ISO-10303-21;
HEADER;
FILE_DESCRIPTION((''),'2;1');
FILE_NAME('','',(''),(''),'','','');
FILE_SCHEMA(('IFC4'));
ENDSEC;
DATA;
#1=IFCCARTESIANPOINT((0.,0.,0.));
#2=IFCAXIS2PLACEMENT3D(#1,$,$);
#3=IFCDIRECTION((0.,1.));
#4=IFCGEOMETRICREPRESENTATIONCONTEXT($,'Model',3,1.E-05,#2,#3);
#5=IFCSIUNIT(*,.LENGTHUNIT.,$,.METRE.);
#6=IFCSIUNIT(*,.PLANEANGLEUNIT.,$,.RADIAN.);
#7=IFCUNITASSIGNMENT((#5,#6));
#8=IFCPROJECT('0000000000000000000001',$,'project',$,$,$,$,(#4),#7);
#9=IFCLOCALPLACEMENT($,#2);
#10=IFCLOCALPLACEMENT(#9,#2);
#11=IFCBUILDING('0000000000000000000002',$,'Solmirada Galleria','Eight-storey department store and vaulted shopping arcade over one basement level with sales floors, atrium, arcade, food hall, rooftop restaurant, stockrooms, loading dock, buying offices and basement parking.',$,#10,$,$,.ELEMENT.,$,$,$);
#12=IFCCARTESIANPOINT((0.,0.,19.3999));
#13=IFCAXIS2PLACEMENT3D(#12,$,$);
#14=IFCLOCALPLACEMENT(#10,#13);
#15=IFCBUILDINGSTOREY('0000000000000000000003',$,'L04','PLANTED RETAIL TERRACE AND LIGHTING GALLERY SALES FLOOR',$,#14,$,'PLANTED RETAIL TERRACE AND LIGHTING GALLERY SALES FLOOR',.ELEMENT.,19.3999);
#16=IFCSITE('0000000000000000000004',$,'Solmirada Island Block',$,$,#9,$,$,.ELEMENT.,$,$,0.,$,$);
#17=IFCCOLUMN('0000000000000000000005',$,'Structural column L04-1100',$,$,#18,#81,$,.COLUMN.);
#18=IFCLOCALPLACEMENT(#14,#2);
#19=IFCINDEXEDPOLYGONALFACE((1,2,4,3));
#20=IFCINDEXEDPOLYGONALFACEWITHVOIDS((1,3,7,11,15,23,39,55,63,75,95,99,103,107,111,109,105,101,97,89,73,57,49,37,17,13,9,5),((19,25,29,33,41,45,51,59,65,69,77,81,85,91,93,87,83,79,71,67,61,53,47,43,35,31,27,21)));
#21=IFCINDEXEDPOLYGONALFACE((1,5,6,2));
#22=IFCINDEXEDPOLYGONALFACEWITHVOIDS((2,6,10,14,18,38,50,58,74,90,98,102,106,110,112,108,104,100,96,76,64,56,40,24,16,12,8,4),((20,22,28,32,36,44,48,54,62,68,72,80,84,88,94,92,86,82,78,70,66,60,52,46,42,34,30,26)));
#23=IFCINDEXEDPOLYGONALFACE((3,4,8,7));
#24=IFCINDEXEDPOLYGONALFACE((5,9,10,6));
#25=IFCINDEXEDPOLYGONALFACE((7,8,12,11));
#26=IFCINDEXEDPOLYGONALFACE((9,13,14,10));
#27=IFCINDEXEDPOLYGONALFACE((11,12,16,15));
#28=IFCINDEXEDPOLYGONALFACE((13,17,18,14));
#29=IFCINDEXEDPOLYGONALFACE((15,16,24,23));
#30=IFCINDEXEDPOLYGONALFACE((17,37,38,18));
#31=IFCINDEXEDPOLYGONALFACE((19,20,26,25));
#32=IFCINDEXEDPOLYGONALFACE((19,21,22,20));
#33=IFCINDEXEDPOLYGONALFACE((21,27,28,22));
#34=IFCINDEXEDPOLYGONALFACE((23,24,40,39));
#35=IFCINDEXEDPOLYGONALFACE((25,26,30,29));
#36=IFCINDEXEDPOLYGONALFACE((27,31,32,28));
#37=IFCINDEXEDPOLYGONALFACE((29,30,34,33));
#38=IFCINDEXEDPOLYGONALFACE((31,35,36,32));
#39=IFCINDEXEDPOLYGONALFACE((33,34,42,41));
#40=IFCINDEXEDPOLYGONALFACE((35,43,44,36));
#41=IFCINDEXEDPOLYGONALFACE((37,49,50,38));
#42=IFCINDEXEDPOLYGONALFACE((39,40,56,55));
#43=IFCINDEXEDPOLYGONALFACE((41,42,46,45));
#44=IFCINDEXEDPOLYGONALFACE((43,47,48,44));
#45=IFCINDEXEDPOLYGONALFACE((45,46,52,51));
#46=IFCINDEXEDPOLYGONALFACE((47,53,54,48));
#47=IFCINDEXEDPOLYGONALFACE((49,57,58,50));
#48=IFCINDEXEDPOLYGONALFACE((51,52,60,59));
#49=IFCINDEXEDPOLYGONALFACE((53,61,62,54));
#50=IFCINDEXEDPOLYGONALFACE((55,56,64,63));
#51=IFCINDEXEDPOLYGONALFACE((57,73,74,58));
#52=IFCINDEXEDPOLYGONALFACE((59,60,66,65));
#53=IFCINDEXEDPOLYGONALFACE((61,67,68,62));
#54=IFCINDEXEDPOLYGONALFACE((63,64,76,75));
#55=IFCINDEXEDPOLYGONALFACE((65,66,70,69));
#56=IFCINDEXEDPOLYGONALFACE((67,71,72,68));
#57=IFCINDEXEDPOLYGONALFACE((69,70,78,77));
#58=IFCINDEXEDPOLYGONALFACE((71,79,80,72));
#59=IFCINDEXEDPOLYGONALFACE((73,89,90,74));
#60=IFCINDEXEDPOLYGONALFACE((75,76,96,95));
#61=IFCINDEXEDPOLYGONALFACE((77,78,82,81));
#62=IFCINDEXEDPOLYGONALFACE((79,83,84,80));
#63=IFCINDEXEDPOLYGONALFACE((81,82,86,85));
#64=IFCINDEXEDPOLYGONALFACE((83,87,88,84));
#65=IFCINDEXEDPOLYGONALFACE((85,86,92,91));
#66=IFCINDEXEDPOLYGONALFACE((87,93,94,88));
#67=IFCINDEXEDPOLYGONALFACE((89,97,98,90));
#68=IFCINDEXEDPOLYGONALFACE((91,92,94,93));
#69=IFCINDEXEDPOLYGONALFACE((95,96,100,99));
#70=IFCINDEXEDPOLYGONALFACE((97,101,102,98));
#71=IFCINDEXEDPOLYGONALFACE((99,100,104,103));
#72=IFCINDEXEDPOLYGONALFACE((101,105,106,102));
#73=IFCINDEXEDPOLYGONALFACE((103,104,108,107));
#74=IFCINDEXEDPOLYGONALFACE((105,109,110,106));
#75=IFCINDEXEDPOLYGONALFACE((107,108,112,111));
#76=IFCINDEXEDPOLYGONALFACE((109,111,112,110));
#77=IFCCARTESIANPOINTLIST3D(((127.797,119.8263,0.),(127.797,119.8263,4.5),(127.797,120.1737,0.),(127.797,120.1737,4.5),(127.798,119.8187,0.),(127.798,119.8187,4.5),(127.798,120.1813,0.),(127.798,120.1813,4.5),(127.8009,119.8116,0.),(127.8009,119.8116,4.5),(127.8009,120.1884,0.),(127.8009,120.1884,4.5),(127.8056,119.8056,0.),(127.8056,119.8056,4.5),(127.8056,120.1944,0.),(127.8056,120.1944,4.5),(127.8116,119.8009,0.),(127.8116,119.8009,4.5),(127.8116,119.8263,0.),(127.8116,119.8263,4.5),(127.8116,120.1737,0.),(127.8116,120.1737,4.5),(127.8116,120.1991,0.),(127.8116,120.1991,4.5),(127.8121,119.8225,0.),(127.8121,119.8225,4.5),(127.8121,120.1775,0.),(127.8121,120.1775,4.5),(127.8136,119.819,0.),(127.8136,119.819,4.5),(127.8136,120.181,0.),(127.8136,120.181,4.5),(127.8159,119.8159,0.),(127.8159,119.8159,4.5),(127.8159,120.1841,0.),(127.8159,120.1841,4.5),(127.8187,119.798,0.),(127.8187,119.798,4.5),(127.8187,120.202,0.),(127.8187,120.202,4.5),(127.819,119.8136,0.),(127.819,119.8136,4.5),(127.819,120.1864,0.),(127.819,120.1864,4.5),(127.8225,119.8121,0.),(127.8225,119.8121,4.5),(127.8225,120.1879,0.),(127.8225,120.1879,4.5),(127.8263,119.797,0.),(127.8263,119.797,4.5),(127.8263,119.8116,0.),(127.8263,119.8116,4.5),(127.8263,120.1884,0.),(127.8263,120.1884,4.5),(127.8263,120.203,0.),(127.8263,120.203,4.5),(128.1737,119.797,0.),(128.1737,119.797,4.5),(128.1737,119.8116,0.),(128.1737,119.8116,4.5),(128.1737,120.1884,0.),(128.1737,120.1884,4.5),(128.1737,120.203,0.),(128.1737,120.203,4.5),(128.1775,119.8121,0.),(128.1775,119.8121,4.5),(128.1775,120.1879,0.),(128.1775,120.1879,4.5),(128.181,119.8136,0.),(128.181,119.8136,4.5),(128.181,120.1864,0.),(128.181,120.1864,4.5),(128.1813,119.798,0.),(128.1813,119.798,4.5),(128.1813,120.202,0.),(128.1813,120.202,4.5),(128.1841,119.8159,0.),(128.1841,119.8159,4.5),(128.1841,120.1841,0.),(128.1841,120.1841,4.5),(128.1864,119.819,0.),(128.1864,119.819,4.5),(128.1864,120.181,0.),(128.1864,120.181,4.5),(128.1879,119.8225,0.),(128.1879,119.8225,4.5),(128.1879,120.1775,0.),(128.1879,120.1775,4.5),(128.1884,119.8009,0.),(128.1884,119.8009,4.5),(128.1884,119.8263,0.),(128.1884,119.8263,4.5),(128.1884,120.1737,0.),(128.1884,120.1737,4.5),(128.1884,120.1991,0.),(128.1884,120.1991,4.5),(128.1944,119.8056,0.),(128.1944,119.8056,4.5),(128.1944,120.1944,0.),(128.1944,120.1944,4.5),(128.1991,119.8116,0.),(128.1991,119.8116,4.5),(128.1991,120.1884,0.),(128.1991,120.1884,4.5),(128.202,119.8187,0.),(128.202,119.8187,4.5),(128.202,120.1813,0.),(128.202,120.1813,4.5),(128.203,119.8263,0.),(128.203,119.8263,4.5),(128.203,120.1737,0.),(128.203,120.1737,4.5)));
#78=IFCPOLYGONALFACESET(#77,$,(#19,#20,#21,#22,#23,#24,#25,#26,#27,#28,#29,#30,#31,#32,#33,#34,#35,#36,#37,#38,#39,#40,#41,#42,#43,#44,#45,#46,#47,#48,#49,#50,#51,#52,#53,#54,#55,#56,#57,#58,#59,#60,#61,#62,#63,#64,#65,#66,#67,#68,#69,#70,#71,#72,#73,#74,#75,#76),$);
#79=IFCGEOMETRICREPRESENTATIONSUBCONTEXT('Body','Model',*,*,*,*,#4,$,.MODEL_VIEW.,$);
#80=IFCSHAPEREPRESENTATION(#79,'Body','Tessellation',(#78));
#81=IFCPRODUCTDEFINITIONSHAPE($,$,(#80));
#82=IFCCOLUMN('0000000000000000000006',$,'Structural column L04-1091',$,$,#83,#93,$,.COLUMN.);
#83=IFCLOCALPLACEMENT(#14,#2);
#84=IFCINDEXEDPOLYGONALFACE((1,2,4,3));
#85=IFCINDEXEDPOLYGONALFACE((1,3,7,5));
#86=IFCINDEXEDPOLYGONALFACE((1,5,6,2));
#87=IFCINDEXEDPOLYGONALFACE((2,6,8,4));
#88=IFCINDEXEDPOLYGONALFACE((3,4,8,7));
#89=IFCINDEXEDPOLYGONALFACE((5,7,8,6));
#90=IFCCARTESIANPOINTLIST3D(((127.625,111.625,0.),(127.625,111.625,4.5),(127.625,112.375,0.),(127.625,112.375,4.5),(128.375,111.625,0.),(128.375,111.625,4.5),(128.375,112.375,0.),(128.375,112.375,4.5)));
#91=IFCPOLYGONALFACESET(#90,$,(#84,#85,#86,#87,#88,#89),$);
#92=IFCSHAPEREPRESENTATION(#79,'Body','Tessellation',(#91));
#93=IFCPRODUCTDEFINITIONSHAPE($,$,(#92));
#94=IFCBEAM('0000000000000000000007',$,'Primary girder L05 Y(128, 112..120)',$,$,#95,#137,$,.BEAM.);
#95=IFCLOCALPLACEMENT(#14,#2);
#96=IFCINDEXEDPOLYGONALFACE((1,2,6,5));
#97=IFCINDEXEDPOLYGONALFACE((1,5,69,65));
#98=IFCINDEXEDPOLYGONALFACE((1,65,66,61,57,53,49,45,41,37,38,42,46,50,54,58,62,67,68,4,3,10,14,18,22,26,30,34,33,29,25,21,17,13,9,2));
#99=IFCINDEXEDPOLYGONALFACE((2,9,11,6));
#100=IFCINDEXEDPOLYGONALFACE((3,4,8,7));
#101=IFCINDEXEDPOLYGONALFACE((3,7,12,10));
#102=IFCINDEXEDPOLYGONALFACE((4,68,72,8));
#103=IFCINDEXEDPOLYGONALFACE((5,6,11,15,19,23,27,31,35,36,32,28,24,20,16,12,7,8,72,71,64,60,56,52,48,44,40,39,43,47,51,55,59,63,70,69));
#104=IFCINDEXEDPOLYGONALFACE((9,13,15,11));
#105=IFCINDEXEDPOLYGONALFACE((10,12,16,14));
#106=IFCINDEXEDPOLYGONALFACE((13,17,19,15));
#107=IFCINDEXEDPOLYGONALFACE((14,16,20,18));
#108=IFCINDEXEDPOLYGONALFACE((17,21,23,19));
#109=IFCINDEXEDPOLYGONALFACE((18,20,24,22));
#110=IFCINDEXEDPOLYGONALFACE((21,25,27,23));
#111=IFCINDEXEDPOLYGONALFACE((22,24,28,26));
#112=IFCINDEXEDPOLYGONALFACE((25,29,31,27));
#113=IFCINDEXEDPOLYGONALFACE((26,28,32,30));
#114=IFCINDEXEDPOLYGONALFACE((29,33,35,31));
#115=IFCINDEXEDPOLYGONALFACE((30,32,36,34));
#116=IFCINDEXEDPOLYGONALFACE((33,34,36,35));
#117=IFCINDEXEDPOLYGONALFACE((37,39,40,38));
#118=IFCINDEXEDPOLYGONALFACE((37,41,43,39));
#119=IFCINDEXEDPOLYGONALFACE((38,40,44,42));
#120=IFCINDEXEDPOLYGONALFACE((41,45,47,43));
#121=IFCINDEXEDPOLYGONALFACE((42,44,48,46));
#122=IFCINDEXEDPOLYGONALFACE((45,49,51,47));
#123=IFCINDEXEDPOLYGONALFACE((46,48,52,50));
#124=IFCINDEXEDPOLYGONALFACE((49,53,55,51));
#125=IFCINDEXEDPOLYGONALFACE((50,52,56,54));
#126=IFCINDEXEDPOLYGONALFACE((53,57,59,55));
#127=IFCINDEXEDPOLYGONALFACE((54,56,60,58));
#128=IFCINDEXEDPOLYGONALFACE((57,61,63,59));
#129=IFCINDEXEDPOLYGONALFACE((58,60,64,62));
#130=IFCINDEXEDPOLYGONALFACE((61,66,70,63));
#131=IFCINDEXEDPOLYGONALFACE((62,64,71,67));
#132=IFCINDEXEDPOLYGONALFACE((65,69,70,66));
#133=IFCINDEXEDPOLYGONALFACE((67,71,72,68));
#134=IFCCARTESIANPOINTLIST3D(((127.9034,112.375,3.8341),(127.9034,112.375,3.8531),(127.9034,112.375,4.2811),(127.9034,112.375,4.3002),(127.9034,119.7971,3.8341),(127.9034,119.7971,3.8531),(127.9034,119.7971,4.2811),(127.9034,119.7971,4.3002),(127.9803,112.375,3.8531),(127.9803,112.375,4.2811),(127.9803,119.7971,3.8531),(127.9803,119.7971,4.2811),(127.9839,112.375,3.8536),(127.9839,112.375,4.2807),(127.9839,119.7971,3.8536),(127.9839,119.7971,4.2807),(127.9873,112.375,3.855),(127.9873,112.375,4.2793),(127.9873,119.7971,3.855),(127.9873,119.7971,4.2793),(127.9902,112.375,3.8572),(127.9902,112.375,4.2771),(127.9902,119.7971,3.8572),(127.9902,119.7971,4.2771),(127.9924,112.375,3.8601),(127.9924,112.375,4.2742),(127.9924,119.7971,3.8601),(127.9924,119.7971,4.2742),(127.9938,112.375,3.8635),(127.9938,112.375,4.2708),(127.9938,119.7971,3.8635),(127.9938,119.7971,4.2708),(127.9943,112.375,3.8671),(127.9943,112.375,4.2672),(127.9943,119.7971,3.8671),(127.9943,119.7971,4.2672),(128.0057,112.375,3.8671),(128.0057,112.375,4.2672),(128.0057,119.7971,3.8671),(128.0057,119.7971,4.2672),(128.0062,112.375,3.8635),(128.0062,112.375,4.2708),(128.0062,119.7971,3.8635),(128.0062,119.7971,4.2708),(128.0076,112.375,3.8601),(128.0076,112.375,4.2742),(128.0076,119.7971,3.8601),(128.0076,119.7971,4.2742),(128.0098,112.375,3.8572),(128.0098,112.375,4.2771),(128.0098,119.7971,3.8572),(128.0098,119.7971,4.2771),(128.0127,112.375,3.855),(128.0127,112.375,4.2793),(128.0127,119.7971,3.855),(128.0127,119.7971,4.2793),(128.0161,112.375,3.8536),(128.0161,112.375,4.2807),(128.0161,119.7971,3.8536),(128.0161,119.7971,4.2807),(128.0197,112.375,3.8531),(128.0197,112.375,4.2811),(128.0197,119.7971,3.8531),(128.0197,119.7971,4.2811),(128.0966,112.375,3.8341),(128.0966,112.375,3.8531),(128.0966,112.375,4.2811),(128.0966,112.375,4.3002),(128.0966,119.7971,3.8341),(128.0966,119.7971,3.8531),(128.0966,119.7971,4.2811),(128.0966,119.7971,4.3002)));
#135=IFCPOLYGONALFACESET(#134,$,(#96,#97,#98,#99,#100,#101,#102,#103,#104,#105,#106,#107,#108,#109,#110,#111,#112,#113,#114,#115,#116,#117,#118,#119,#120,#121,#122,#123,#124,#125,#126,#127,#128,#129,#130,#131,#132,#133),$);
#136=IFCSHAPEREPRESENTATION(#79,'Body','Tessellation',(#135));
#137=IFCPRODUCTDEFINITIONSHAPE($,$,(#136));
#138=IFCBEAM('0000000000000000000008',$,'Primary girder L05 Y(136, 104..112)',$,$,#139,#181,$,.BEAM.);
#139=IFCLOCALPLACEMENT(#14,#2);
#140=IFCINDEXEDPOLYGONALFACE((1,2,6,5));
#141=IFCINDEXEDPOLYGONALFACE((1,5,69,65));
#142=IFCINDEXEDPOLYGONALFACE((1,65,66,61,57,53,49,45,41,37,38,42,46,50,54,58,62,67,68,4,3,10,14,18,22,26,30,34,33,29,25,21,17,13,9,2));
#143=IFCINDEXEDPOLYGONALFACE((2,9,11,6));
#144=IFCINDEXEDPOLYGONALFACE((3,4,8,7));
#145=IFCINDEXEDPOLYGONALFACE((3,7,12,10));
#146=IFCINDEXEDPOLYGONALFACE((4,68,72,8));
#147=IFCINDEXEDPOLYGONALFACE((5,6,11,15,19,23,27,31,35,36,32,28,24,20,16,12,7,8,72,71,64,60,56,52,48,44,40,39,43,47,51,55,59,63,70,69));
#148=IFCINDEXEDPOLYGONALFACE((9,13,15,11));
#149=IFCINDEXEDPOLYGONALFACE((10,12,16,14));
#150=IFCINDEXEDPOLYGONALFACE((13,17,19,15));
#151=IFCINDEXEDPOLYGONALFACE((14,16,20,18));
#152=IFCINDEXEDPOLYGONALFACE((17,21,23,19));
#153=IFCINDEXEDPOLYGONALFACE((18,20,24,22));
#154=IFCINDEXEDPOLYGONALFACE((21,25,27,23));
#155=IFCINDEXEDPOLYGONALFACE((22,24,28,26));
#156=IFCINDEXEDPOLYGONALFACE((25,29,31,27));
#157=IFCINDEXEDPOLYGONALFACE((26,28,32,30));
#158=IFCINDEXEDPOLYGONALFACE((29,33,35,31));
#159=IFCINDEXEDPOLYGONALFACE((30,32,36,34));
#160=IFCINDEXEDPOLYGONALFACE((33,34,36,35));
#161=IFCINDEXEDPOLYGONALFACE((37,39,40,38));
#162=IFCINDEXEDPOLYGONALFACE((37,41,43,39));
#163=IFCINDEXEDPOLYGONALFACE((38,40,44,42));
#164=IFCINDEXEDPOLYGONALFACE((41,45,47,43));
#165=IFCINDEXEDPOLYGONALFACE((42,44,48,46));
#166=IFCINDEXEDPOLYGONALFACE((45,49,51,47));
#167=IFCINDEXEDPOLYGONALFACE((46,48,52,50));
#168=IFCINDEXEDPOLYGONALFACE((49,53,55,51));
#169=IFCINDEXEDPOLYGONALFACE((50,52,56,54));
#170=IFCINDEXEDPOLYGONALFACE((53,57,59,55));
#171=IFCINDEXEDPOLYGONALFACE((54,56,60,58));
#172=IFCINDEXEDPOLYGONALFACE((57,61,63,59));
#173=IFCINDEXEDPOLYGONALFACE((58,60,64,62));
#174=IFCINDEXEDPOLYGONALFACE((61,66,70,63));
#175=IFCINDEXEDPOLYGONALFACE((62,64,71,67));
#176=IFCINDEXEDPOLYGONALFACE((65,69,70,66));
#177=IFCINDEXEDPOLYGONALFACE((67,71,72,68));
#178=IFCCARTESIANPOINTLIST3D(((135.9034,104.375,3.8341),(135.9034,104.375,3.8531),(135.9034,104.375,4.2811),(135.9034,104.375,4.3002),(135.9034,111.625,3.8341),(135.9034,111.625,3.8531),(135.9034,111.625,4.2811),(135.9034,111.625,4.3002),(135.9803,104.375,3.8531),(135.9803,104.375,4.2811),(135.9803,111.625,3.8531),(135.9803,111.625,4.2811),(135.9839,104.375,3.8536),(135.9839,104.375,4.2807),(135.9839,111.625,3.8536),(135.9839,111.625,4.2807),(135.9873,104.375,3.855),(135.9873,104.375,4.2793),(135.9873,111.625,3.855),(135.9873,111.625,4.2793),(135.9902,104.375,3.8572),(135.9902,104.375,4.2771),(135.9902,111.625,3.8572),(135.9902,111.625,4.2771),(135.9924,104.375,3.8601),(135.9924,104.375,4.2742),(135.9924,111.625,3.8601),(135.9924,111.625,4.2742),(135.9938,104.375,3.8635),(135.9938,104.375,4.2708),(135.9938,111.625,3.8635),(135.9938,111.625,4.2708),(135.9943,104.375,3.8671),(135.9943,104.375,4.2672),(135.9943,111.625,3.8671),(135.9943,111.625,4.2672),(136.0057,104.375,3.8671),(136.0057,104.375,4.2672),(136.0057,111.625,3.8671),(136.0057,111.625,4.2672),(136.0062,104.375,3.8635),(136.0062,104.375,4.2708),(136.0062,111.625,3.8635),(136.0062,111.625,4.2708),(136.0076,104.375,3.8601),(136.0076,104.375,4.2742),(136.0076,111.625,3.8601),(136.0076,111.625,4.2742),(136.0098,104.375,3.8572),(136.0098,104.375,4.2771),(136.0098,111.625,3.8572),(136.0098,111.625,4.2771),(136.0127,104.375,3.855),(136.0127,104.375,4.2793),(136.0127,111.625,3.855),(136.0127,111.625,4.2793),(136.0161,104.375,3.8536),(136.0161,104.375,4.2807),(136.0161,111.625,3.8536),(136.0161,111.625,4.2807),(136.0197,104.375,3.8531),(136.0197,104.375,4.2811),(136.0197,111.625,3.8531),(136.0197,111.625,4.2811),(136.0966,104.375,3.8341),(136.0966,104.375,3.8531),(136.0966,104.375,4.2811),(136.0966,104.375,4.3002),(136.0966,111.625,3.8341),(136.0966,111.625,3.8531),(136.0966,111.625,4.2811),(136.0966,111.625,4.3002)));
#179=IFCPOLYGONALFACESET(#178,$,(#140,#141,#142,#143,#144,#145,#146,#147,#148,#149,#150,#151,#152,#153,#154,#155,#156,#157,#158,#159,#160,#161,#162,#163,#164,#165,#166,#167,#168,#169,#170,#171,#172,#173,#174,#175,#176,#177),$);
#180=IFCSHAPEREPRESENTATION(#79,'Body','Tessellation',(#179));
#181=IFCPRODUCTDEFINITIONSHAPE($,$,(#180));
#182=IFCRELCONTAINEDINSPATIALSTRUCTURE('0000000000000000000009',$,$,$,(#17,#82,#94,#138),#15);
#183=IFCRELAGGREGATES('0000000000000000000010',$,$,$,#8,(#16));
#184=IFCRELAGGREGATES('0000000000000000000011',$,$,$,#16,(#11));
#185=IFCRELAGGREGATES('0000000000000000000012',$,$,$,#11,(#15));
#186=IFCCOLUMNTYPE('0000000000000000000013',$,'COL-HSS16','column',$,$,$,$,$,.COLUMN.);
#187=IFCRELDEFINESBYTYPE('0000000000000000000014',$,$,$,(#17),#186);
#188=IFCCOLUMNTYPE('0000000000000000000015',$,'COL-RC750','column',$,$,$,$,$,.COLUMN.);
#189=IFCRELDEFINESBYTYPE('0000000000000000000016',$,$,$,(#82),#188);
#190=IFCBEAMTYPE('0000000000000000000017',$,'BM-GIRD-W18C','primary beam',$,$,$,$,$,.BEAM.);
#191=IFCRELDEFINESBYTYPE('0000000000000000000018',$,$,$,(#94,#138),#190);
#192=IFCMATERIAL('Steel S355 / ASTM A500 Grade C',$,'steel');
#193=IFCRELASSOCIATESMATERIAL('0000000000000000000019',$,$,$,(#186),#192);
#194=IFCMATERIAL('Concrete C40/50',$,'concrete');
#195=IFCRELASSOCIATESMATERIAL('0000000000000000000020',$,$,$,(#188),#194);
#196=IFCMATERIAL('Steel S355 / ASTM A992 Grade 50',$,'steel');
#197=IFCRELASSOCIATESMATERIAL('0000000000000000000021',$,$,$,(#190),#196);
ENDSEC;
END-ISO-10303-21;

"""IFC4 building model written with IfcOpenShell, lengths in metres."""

from ifc_helpers import new_model, si_unit, direction, frame, origin, origin_2d, place, context, subcontext, project, spatial, rectangle, hollow_rectangle, i_section, extrude, material, material_profile, profile_set, type_object, element, save


model = new_model("IFC4")

# Units and contexts
model_context = context("Model", 3, precision=1e-05, world=origin(), true_north=direction((0.0, 1.0)))
body_context = subcontext(model_context, "Body", "Model", "MODEL_VIEW")
ifc_project = project(units=[si_unit("LENGTHUNIT", "METRE"), si_unit("PLANEANGLEUNIT", "RADIAN")], contexts=[model_context])

# Site, building, storey
site_placement = place(None, origin())
site = spatial("IfcSite", under=ifc_project, at=site_placement, Name="Solmirada Island Block", CompositionType="ELEMENT", RefElevation=0.0)
building_placement = place(site_placement, origin())
building = spatial("IfcBuilding", under=site, at=building_placement, Name="Solmirada Galleria", Description="Eight-storey department store and vaulted shopping arcade over one basement level with sales floors, atrium, arcade, food hall, rooftop restaurant, stockrooms, loading dock, buying offices and basement parking.", CompositionType="ELEMENT")
storey_placement = place(building_placement, frame((0.0, 0.0, 19.3999)))
storey = spatial("IfcBuildingStorey", under=building, at=storey_placement, Name="L04", Description="PLANTED RETAIL TERRACE AND LIGHTING GALLERY SALES FLOOR", LongName="PLANTED RETAIL TERRACE AND LIGHTING GALLERY SALES FLOOR", CompositionType="ELEMENT", Elevation=19.3999)

# Columns
ifc_material_1 = material(Name="Steel S355 / ASTM A500 Grade C", Category="steel")
ifc_material_profile_1 = material_profile(ifc_material_1, hollow_rectangle(XDim=0.406, YDim=0.406, WallThickness=0.0146, InnerFilletRadius=0.0146, OuterFilletRadius=0.0293, at=origin_2d()), Name="HSS16X16X5/8")
ifc_profile_set_1 = profile_set([ifc_material_profile_1], Name="Steel S355 / ASTM A500 Grade C")
column_type_1 = type_object("IfcColumnType", Name="COL-HSS16", Description="column", PredefinedType="COLUMN", material=ifc_profile_set_1)
column_1_placement = place(storey_placement, frame((128.0, 120.0, 0.0), z_axis=(0.0, 0.0, 1.0), x_axis=(1.0, 0.0, 0.0)))
element("IfcColumn", 1, at=column_1_placement, inside=storey, type_object=column_type_1, Name="Structural column L04-1100", PredefinedType="COLUMN", context=body_context, shape_type="SweptSolid", body=[
    extrude(hollow_rectangle(XDim=0.406, YDim=0.406, WallThickness=0.0146, InnerFilletRadius=0.0146, OuterFilletRadius=0.0293, at=origin_2d()), origin(), (0.0, 0.0, 1.0), 4.5),
])
ifc_material_2 = material(Name="Concrete C40/50", Category="concrete")
ifc_material_profile_2 = material_profile(ifc_material_2, rectangle(XDim=0.75, YDim=0.75, at=origin_2d()), Name="RC750X750")
ifc_profile_set_2 = profile_set([ifc_material_profile_2], Name="Concrete C40/50")
column_type_2 = type_object("IfcColumnType", Name="COL-RC750", Description="column", PredefinedType="COLUMN", material=ifc_profile_set_2)
column_2_placement = place(storey_placement, frame((128.0, 112.0, 0.0), z_axis=(0.0, 0.0, 1.0), x_axis=(1.0, 0.0, 0.0)))
element("IfcColumn", 2, at=column_2_placement, inside=storey, type_object=column_type_2, Name="Structural column L04-1091", PredefinedType="COLUMN", context=body_context, shape_type="SweptSolid", body=[
    extrude(rectangle(XDim=0.75, YDim=0.75, at=origin_2d()), origin(), (0.0, 0.0, 1.0), 4.5),
])

# Beams
ifc_material_3 = material(Name="Steel S355 / ASTM A992 Grade 50", Category="steel")
ifc_material_profile_3 = material_profile(ifc_material_3, i_section(OverallWidth=0.1931, OverallDepth=0.4661, WebThickness=0.0115, FlangeThickness=0.019, FilletRadius=0.0139, at=origin_2d()), Name="W18X65")
ifc_profile_set_3 = profile_set([ifc_material_profile_3], Name="Steel S355 / ASTM A992 Grade 50")
beam_type_1 = type_object("IfcBeamType", Name="BM-GIRD-W18C", Description="primary beam", PredefinedType="BEAM", material=ifc_profile_set_3)
beam_1_placement = place(storey_placement, frame((128.0, 112.375, 4.0671), z_axis=(0.0, 1.0, 0.0), x_axis=(-1.0, 0.0, 0.0)))
element("IfcBeam", 3, at=beam_1_placement, inside=storey, type_object=beam_type_1, Name="Primary girder L05 Y(128, 112..120)", PredefinedType="BEAM", context=body_context, shape_type="SweptSolid", body=[
    extrude(i_section(OverallWidth=0.1931, OverallDepth=0.4661, WebThickness=0.0115, FlangeThickness=0.019, FilletRadius=0.0139, at=origin_2d()), origin(), (0.0, 0.0, 1.0), 7.4221),
])
beam_2_placement = place(storey_placement, frame((136.0, 104.375, 4.0671), z_axis=(0.0, 1.0, 0.0), x_axis=(-1.0, 0.0, 0.0)))
element("IfcBeam", 4, at=beam_2_placement, inside=storey, type_object=beam_type_1, Name="Primary girder L05 Y(136, 104..112)", PredefinedType="BEAM", context=body_context, shape_type="SweptSolid", body=[
    extrude(i_section(OverallWidth=0.1931, OverallDepth=0.4661, WebThickness=0.0115, FlangeThickness=0.019, FilletRadius=0.0139, at=origin_2d()), origin(), (0.0, 0.0, 1.0), 7.25),
])

save(model, "model.ifc")
